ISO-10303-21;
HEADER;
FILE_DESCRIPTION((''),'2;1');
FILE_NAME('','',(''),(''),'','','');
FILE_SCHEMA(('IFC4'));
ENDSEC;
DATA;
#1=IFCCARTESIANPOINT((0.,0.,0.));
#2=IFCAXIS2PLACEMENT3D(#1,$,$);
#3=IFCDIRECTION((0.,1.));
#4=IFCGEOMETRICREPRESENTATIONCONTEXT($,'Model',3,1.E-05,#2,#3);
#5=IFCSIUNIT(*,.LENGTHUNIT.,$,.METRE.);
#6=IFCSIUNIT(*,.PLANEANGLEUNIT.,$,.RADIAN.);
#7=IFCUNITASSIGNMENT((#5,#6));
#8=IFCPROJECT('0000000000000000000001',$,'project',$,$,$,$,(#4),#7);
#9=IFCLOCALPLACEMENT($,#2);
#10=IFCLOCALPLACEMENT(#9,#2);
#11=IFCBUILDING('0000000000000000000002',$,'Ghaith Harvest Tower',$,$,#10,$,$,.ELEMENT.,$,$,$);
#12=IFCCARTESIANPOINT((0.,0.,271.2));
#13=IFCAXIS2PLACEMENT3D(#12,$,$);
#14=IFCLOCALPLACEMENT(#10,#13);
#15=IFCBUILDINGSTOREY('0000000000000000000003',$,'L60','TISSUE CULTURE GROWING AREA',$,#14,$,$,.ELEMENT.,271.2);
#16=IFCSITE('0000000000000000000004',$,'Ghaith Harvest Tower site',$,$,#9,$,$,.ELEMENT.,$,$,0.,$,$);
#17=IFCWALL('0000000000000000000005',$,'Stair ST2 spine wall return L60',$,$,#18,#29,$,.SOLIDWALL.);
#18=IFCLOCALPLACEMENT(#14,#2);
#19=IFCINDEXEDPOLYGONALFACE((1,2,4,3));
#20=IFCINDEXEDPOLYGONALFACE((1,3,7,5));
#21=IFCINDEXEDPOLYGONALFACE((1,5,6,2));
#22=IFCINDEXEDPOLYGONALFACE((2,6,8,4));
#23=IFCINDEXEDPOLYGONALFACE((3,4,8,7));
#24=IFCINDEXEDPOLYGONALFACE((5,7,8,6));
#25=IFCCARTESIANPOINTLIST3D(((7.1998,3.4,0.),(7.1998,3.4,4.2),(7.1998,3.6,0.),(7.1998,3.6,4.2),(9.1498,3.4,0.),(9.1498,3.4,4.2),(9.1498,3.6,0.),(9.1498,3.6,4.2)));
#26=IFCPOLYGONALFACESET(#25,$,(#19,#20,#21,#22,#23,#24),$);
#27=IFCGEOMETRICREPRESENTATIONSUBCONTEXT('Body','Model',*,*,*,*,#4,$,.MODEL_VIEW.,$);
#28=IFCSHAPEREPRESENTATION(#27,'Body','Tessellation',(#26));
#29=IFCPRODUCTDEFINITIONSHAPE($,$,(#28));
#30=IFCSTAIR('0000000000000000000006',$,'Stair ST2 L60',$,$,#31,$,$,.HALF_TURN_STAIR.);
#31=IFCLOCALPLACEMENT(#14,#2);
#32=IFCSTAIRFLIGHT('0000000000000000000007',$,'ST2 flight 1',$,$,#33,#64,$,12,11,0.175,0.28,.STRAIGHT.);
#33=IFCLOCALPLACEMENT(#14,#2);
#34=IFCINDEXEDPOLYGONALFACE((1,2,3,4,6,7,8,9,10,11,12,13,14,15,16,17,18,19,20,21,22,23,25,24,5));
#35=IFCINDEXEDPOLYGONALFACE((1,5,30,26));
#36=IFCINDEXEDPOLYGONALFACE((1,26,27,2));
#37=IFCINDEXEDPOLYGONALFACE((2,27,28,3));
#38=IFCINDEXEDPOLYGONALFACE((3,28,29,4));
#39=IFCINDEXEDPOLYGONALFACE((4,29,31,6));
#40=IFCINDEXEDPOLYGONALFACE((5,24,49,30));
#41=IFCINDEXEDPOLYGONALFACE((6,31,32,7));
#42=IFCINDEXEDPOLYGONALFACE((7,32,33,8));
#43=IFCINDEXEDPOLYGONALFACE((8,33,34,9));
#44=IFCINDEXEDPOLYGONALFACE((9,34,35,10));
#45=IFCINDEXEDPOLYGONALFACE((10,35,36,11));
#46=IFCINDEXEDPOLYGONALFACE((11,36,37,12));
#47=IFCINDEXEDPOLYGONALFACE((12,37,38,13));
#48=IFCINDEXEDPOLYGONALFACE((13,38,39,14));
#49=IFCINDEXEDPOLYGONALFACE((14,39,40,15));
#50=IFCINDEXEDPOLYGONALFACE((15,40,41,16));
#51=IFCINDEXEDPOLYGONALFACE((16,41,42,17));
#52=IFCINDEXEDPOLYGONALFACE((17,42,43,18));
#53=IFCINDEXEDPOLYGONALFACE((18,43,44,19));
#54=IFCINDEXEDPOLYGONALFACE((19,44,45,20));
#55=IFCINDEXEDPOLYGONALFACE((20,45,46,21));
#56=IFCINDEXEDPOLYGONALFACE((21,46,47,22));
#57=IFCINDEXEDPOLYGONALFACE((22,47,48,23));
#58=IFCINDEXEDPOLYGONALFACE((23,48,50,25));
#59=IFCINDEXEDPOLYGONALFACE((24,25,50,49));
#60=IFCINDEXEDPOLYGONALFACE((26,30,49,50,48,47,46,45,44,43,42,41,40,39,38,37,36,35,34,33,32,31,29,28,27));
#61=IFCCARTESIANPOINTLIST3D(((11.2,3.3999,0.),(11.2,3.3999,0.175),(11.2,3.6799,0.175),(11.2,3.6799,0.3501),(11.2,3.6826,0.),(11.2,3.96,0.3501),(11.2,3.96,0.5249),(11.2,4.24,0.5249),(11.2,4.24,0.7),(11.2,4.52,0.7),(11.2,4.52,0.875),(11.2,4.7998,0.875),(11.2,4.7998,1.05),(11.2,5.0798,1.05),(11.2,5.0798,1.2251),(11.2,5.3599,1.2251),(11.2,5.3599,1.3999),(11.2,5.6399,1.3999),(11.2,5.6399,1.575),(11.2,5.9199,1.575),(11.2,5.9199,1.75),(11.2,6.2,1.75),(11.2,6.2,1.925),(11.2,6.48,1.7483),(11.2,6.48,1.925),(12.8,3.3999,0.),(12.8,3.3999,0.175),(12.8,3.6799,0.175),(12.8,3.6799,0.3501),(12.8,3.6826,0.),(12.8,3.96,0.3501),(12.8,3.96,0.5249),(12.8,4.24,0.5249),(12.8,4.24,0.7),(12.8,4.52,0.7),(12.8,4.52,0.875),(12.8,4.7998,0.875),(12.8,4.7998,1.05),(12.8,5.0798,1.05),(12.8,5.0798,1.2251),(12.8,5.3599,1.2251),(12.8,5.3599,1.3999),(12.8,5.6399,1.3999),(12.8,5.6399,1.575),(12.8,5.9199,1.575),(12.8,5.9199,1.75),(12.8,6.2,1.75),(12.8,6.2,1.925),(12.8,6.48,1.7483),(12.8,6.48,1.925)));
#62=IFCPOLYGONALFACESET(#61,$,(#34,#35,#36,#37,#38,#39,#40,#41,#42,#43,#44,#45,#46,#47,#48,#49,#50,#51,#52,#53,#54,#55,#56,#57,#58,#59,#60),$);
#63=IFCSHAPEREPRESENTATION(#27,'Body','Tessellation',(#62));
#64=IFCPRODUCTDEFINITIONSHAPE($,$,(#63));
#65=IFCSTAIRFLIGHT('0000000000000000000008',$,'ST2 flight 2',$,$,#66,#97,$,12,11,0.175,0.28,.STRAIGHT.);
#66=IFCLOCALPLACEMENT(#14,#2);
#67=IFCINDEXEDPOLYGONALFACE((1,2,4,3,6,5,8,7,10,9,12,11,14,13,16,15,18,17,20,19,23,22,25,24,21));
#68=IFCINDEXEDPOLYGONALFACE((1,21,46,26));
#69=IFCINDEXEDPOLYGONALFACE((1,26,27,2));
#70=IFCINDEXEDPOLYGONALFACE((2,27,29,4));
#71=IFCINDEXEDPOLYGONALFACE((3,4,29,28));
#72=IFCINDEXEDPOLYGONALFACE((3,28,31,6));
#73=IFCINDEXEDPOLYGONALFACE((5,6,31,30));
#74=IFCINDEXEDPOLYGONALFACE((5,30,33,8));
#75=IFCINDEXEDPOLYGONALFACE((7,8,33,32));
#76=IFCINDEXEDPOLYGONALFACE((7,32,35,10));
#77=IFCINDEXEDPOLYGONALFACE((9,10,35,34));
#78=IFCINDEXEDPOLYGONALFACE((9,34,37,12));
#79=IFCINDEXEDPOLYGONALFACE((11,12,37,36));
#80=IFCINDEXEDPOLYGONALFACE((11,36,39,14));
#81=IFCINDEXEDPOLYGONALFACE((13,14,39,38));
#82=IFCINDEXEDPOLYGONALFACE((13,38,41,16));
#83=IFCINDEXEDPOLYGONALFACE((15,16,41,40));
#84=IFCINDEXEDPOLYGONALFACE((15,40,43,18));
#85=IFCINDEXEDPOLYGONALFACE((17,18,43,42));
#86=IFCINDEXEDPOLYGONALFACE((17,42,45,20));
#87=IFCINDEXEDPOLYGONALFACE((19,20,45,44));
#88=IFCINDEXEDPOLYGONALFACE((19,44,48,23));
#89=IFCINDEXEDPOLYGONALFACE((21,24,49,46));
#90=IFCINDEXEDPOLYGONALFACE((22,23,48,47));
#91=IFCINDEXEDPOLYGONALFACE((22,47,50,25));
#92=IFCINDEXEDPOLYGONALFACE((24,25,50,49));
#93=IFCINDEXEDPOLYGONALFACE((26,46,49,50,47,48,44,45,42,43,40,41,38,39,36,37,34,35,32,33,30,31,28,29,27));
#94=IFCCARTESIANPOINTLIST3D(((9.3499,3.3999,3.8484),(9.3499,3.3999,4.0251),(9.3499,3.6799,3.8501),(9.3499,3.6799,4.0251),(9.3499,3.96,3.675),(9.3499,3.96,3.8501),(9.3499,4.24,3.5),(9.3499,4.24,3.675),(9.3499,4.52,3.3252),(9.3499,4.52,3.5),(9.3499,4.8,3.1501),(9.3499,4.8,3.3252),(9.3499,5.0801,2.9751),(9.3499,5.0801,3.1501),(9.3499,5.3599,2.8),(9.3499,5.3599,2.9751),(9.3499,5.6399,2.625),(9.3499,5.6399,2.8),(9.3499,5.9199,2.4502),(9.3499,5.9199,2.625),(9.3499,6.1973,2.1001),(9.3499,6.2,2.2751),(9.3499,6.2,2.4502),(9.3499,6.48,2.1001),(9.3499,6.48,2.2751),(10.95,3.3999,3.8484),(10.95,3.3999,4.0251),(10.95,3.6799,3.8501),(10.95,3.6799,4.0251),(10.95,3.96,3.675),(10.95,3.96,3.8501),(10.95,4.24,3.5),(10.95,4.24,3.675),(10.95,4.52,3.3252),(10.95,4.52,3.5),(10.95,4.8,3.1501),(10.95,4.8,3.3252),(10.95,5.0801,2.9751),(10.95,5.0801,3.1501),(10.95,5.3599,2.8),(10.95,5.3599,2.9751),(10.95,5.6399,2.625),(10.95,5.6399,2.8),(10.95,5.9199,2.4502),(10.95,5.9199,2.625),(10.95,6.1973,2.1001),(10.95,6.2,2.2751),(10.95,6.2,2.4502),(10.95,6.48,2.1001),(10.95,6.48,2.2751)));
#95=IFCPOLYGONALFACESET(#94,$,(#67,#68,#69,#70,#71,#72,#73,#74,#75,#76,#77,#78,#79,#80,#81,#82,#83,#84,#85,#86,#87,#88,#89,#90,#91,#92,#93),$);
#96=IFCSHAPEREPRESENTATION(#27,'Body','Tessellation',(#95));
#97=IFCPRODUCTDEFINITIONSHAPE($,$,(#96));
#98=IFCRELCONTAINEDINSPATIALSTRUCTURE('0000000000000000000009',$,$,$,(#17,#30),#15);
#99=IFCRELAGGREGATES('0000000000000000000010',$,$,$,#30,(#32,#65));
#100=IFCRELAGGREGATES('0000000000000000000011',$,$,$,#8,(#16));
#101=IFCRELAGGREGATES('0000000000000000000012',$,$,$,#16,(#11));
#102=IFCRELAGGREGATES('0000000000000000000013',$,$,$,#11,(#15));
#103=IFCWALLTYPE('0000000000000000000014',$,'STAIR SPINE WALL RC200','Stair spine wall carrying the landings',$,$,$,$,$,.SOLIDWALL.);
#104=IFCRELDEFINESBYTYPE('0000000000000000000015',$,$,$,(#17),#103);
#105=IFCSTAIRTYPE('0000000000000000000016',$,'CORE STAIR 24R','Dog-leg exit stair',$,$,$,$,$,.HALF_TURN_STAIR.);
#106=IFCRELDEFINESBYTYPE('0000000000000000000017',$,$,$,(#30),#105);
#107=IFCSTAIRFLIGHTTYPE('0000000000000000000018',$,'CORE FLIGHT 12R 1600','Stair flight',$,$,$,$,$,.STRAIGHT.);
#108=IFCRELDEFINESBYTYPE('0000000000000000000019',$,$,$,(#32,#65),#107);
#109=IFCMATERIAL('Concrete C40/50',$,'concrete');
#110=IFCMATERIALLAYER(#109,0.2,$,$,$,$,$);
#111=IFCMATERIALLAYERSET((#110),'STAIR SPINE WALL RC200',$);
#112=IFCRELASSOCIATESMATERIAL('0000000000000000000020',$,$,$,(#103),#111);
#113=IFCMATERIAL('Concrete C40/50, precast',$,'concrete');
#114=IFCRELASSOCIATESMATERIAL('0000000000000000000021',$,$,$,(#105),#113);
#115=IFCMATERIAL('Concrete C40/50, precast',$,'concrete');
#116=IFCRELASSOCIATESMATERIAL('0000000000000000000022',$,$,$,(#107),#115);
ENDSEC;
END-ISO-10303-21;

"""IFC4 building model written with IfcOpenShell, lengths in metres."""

from ifc_helpers import new_model, si_unit, direction, frame, frame_2d, origin, place, context, subcontext, project, spatial, polyline, rectangle, outline, extrude, material, layer, layer_set, type_object, element, aggregate, save


model = new_model("IFC4")

# Units and contexts
model_context = context("Model", 3, precision=1e-05, world=origin(), true_north=direction((0.0, 1.0)))
body_context = subcontext(model_context, "Body", "Model", "MODEL_VIEW")
ifc_project = project(units=[si_unit("LENGTHUNIT", "METRE"), si_unit("PLANEANGLEUNIT", "RADIAN")], contexts=[model_context])

# Site, building, storey
site_placement = place(None, origin())
site = spatial("IfcSite", under=ifc_project, at=site_placement, Name="Ghaith Harvest Tower site", CompositionType="ELEMENT", RefElevation=0.0)
building_placement = place(site_placement, origin())
building = spatial("IfcBuilding", under=site, at=building_placement, Name="Ghaith Harvest Tower", CompositionType="ELEMENT")
storey_placement = place(building_placement, frame((0.0, 0.0, 271.2)))
storey = spatial("IfcBuildingStorey", under=building, at=storey_placement, Name="L60", Description="TISSUE CULTURE GROWING AREA", CompositionType="ELEMENT", Elevation=271.2)

# Wall
ifc_material_1 = material(Name="Concrete C40/50", Category="concrete")
ifc_layer_1 = layer(ifc_material_1, 0.2)
ifc_layer_set_1 = layer_set([ifc_layer_1], Name="STAIR SPINE WALL RC200")
wall_type_1 = type_object("IfcWallType", Name="STAIR SPINE WALL RC200", Description="Stair spine wall carrying the landings", PredefinedType="SOLIDWALL", material=ifc_layer_set_1)
wall_1_placement = place(storey_placement, frame((9.1499, 3.5, 0.0), z_axis=(0.0, 0.0, 1.0), x_axis=(-1.0, 0.0, 0.0)))
element("IfcWall", 1, at=wall_1_placement, inside=storey, type_object=wall_type_1, Name="Stair ST2 spine wall return L60", PredefinedType="SOLIDWALL", context=body_context, shape_type="SweptSolid", body=[
    extrude(rectangle(XDim=1.95, YDim=0.2, at=frame_2d((0.9751, 0.0))), origin(), (0.0, 0.0, 1.0), 4.2),
])

# Stair, stair flights
ifc_material_2 = material(Name="Concrete C40/50, precast", Category="concrete")
stair_type = type_object("IfcStairType", Name="CORE STAIR 24R", Description="Dog-leg exit stair", PredefinedType="HALF_TURN_STAIR", material=ifc_material_2)
stair_placement = place(storey_placement, origin())
stair = element("IfcStair", 2, at=stair_placement, inside=storey, type_object=stair_type, Name="Stair ST2 L60", PredefinedType="HALF_TURN_STAIR")
ifc_material_3 = material(Name="Concrete C40/50, precast", Category="concrete")
stair_flight_type = type_object("IfcStairFlightType", Name="CORE FLIGHT 12R 1600", Description="Stair flight", PredefinedType="STRAIGHT", material=ifc_material_3)
stair_flight_1_placement = place(storey_placement, frame((12.0, 3.3999, 0.0), z_axis=(0.0, 0.0, 1.0), x_axis=(0.0, 1.0, 0.0)))
stair_flight_1 = element("IfcStairFlight", 3, at=stair_flight_1_placement, type_object=stair_flight_type, Name="ST2 flight 1", NumberOfRisers=12, NumberOfTreads=11, PredefinedType="STRAIGHT", RiserHeight=0.175, TreadLength=0.28, context=body_context, shape_type="SweptSolid", body=[
    extrude(outline(polyline([(0.0, 0.0), (0.0, 0.175), (0.28, 0.175), (0.28, 0.3501), (0.5601, 0.3501), (0.5601, 0.5249), (0.8401, 0.5249), (0.8401, 0.7), (1.1201, 0.7), (1.1201, 0.875), (1.3999, 0.875), (1.3999, 1.05), (1.6799, 1.05), (1.6799, 1.2251), (1.96, 1.2251), (1.96, 1.3999), (2.24, 1.3999), (2.24, 1.575), (2.52, 1.575), (2.52, 1.75), (2.8, 1.75), (2.8, 1.925), (3.0801, 1.925), (3.0801, 2.1001), (3.0801, 1.7483), (0.2827, 0.0), (0.0, 0.0)])), frame((0.0, 0.8, 0.0), z_axis=(0.0, -1.0, 0.0), x_axis=(1.0, 0.0, 0.0)), (0.0, 0.0, 1.0), 1.6001),
])
stair_flight_2_placement = place(storey_placement, frame((10.1499, 6.48, 2.1001), z_axis=(0.0, 0.0, 1.0), x_axis=(0.0, -1.0, 0.0)))
stair_flight_2 = element("IfcStairFlight", 4, at=stair_flight_2_placement, type_object=stair_flight_type, Name="ST2 flight 2", NumberOfRisers=12, NumberOfTreads=11, PredefinedType="STRAIGHT", RiserHeight=0.175, TreadLength=0.28, context=body_context, shape_type="SweptSolid", body=[
    extrude(outline(polyline([(0.0, 0.0), (0.0, 0.175), (0.28, 0.175), (0.28, 0.3501), (0.5601, 0.3501), (0.5601, 0.5249), (0.8401, 0.5249), (0.8401, 0.7), (1.1201, 0.7), (1.1201, 0.875), (1.3999, 0.875), (1.3999, 1.05), (1.6799, 1.05), (1.6799, 1.2251), (1.96, 1.2251), (1.96, 1.3999), (2.24, 1.3999), (2.24, 1.575), (2.52, 1.575), (2.52, 1.75), (2.8, 1.75), (2.8, 1.925), (3.0801, 1.925), (3.0801, 2.1001), (3.0801, 1.7483), (0.2827, 0.0), (0.0, 0.0)])), frame((0.0, 0.8, 0.0), z_axis=(0.0, -1.0, 0.0), x_axis=(1.0, 0.0, 0.0)), (0.0, 0.0, 1.0), 1.6001),
])
aggregate(stair, [stair_flight_1, stair_flight_2])

save(model, "model.ifc")
